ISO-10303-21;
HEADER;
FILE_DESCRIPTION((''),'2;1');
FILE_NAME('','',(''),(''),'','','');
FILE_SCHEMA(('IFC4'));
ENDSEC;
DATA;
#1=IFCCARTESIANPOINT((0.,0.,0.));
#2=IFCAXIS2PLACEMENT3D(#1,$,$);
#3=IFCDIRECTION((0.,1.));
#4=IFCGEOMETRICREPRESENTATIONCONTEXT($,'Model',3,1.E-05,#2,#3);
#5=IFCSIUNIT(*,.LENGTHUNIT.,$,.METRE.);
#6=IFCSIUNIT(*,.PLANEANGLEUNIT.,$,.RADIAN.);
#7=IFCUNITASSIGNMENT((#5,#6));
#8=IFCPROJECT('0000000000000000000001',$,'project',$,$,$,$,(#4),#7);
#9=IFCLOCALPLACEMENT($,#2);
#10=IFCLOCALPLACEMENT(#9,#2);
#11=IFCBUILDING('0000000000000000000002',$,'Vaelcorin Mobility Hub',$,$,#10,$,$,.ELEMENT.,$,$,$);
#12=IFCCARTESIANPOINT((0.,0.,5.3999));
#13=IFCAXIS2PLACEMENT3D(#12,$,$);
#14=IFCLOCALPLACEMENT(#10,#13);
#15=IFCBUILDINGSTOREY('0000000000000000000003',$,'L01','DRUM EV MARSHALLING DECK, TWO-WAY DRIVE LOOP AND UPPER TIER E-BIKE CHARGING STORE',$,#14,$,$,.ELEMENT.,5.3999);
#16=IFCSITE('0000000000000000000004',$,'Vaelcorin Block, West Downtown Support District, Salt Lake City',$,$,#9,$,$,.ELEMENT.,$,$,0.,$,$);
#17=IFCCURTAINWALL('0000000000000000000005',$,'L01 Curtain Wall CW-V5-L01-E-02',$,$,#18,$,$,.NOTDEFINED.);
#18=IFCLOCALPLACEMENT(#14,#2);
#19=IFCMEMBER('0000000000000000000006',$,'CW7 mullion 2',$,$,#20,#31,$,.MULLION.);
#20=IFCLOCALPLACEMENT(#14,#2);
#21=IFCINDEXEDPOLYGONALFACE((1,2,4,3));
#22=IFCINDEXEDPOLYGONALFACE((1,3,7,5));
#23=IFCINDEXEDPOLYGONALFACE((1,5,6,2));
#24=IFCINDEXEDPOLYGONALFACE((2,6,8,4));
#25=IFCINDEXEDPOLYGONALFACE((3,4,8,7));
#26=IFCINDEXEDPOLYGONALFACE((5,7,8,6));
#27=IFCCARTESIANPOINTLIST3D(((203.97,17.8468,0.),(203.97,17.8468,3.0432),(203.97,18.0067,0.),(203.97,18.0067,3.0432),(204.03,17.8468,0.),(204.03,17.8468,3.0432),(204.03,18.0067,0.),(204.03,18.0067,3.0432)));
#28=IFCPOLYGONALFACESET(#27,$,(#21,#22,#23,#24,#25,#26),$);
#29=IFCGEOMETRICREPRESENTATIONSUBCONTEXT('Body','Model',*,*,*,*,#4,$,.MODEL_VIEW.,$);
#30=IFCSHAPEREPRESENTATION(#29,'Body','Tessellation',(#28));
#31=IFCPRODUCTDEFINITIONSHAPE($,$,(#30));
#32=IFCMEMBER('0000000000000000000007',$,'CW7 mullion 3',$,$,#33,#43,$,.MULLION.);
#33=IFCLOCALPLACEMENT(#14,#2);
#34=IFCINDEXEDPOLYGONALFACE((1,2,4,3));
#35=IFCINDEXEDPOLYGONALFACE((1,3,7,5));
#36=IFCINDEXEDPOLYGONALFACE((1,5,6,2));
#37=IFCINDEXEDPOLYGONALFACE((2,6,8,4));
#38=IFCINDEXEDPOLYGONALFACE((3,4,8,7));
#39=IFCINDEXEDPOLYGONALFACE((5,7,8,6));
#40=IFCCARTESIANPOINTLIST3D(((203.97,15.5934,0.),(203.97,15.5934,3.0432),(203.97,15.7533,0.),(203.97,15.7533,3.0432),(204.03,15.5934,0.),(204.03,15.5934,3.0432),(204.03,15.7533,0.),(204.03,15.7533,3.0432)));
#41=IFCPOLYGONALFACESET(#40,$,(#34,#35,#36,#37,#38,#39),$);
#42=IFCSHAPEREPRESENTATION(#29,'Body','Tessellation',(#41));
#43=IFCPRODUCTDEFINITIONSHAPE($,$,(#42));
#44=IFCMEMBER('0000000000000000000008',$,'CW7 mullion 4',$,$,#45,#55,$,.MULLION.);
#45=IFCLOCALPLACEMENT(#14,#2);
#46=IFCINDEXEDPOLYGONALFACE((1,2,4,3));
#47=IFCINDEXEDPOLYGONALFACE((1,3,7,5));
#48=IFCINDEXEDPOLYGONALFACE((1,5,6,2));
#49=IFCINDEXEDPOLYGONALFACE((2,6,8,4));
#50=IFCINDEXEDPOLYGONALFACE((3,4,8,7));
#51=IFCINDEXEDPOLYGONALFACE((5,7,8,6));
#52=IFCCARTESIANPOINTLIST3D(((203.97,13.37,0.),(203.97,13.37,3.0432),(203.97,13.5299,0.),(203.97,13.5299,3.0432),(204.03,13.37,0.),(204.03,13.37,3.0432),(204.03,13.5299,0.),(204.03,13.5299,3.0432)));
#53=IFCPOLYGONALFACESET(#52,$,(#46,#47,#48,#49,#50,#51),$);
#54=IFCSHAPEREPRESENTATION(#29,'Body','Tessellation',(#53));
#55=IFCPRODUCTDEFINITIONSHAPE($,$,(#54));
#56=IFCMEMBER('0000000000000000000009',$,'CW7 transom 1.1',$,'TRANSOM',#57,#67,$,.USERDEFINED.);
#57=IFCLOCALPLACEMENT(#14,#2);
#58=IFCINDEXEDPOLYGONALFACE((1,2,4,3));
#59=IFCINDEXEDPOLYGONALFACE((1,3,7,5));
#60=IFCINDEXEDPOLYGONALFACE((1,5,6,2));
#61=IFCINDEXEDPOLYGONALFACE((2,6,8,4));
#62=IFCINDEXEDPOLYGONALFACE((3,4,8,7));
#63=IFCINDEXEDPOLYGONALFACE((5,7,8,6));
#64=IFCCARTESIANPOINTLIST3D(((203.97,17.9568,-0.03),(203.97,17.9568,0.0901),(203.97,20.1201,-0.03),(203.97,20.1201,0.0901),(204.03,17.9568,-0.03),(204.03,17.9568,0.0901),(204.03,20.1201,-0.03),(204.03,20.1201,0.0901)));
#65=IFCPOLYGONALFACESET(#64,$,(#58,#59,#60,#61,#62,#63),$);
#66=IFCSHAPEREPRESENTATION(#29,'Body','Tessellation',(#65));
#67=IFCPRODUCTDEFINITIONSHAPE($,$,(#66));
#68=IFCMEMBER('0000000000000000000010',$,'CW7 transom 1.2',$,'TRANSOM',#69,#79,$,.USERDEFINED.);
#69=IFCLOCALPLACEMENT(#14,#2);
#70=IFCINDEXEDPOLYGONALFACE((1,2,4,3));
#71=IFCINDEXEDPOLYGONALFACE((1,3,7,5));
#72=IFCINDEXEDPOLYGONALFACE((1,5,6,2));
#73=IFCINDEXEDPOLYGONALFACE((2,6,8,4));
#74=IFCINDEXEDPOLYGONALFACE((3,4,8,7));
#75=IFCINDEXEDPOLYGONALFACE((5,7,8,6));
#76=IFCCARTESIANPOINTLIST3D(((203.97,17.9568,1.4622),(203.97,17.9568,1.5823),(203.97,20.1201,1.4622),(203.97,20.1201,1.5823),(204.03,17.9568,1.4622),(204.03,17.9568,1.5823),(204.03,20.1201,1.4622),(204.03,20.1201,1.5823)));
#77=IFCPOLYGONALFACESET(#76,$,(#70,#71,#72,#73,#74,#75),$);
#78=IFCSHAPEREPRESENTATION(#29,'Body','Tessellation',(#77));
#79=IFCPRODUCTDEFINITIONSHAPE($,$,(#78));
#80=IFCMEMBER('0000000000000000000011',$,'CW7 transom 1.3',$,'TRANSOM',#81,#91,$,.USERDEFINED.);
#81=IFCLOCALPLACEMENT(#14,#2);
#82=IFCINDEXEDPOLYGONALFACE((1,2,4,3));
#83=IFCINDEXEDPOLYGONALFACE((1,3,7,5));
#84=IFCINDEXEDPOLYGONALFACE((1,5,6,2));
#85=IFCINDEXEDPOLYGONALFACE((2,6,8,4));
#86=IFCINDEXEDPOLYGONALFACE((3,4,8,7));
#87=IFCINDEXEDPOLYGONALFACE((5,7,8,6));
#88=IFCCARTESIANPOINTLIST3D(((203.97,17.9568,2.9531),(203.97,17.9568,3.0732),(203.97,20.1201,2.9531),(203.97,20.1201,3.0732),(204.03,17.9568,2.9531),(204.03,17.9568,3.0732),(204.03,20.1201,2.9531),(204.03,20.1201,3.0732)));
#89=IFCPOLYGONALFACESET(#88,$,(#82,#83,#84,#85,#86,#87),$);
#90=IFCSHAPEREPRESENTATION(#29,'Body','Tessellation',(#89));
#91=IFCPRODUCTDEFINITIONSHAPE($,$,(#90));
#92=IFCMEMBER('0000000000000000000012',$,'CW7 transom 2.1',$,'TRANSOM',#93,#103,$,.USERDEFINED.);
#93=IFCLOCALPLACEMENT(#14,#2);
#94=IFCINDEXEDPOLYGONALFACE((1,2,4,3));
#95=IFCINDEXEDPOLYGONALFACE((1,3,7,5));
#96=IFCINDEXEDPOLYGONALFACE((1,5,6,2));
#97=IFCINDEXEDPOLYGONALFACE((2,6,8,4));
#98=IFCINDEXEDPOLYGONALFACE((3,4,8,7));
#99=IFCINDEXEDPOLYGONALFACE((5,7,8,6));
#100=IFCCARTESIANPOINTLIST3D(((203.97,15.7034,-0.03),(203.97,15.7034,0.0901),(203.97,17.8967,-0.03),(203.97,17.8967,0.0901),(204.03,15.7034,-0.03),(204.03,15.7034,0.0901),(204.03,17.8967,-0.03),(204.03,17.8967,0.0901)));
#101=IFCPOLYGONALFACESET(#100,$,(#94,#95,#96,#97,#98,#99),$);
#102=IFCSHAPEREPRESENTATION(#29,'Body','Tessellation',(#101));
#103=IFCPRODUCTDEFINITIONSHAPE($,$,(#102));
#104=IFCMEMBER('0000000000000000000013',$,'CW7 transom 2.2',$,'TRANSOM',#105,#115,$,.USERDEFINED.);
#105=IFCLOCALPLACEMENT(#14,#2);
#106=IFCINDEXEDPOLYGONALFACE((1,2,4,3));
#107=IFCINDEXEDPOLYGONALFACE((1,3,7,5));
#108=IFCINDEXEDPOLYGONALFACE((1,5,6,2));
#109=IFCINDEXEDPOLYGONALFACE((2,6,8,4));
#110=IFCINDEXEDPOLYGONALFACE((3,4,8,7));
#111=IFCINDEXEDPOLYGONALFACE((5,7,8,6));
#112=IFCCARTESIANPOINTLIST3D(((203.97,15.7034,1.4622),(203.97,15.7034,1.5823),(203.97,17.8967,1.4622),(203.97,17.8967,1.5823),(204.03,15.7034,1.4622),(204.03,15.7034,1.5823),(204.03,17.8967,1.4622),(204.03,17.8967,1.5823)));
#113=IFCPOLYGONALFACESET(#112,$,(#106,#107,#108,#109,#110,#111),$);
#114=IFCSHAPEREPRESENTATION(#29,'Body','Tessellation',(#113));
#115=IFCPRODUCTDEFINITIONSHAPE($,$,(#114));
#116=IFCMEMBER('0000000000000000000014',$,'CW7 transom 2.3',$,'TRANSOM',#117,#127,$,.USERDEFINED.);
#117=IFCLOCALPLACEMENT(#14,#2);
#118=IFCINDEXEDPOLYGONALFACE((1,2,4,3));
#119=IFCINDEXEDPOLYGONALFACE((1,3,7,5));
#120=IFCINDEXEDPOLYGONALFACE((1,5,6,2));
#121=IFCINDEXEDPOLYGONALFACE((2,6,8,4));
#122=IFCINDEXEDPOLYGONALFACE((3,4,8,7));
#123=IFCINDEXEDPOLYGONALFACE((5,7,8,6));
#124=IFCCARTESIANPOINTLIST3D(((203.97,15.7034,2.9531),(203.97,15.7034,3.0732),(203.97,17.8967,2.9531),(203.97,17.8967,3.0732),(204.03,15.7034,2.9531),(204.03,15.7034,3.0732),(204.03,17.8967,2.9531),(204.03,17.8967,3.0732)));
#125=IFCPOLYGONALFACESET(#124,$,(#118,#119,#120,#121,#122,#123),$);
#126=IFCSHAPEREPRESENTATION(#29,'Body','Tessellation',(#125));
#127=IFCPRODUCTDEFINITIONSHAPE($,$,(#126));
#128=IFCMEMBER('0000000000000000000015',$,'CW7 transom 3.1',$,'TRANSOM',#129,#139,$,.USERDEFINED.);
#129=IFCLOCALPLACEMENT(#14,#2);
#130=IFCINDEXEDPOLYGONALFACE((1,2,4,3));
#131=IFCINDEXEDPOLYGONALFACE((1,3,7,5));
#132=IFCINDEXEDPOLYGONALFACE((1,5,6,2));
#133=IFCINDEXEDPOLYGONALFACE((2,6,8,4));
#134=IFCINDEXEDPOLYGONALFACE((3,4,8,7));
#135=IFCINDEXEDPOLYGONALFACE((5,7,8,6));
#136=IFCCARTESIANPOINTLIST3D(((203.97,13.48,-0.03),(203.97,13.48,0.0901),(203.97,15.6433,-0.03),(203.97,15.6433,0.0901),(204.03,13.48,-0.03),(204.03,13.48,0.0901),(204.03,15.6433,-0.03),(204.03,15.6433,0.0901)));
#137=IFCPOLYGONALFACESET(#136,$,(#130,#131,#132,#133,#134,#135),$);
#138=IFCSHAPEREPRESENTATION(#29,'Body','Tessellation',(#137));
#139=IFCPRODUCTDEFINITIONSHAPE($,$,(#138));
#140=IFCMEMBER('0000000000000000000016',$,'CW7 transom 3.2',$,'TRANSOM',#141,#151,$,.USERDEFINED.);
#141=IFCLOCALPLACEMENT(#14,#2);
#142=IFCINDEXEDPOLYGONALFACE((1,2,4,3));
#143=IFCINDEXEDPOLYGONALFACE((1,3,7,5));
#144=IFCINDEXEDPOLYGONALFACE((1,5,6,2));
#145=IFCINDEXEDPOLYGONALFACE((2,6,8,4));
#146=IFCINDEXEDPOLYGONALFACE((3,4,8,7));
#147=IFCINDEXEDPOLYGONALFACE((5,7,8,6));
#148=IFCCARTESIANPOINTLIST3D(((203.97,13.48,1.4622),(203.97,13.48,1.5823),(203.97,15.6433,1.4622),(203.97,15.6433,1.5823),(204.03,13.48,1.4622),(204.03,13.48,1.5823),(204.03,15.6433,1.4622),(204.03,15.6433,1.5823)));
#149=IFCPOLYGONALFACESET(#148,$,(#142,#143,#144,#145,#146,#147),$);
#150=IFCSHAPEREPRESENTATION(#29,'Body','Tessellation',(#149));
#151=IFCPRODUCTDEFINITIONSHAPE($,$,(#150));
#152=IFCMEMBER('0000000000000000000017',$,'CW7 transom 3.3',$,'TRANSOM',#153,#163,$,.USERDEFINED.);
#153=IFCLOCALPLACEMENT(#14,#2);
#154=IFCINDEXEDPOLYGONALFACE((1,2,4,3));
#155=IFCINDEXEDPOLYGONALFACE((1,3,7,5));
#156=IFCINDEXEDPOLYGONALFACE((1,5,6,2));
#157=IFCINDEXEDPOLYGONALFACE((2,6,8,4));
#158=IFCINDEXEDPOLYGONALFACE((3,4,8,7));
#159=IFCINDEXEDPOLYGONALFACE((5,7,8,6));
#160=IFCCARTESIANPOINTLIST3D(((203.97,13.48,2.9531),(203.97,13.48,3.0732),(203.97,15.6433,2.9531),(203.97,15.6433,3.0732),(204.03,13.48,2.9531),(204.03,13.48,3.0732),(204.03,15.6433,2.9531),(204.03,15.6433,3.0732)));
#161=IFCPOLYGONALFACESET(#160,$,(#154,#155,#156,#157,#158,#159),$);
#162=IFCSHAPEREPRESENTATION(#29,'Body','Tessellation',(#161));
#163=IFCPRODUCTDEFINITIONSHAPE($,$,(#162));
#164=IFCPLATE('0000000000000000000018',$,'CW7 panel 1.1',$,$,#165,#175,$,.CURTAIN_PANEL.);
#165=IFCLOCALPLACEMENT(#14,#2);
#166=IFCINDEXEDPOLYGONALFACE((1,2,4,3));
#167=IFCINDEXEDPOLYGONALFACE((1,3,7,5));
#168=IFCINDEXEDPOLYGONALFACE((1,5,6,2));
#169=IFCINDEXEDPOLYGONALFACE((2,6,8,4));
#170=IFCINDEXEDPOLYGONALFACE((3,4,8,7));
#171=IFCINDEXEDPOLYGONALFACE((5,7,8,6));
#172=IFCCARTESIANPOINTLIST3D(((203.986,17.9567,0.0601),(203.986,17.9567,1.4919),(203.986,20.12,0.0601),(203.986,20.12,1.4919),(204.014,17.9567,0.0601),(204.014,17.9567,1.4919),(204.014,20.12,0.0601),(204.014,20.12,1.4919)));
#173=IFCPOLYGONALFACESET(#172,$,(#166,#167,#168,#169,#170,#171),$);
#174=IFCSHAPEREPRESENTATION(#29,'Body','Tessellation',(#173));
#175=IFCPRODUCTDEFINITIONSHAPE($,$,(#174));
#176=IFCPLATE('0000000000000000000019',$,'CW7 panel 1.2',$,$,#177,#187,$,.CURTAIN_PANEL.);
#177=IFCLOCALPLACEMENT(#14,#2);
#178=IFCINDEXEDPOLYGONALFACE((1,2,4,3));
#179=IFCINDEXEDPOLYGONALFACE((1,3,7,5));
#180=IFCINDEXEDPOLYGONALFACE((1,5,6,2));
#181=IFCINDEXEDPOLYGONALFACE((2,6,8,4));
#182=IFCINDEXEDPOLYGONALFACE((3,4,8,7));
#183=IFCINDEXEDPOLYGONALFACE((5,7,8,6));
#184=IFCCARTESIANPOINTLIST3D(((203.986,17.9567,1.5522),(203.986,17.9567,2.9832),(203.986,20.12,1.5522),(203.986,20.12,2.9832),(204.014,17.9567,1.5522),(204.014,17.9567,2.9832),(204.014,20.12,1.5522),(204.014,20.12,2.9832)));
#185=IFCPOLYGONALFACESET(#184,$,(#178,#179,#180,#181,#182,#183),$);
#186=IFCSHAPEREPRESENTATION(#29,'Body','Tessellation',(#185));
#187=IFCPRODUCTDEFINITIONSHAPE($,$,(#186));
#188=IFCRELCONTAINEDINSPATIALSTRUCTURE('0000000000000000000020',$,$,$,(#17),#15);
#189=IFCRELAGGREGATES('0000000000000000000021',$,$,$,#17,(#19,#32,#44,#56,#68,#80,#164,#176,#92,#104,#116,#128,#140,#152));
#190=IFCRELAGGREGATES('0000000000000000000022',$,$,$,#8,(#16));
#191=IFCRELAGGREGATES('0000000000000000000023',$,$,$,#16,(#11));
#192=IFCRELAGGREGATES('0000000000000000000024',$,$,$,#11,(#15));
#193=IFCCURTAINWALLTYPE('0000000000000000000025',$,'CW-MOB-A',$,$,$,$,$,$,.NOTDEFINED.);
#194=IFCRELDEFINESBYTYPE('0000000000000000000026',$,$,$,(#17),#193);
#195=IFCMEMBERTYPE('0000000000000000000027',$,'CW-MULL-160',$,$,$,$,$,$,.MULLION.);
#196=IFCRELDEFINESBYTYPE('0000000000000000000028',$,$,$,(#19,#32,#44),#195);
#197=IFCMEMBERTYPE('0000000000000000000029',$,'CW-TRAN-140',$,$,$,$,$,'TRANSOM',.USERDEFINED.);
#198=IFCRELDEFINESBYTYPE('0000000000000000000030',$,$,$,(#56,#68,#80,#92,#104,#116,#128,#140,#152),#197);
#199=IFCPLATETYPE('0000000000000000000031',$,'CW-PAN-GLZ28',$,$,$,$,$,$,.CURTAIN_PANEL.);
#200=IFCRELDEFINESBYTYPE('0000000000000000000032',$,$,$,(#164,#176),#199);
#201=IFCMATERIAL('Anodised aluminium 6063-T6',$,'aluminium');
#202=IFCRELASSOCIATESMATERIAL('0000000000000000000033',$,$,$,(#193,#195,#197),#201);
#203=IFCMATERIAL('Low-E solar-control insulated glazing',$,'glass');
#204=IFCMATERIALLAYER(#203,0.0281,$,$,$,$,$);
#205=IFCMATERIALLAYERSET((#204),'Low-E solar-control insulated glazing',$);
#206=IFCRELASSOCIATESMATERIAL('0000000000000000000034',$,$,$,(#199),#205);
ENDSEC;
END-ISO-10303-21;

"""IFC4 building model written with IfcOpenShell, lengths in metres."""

from ifc_helpers import new_model, si_unit, direction, frame, origin, origin_2d, place, context, subcontext, project, spatial, rectangle, extrude, material, layer, layer_set, material_profile, profile_set, type_object, element, aggregate, save


model = new_model("IFC4")

# Units and contexts
model_context = context("Model", 3, precision=1e-05, world=origin(), true_north=direction((0.0, 1.0)))
body_context = subcontext(model_context, "Body", "Model", "MODEL_VIEW")
ifc_project = project(units=[si_unit("LENGTHUNIT", "METRE"), si_unit("PLANEANGLEUNIT", "RADIAN")], contexts=[model_context])

# Site, building, storey
site_placement = place(None, origin())
site = spatial("IfcSite", under=ifc_project, at=site_placement, Name="Vaelcorin Block, West Downtown Support District, Salt Lake City", CompositionType="ELEMENT", RefElevation=0.0)
building_placement = place(site_placement, origin())
building = spatial("IfcBuilding", under=site, at=building_placement, Name="Vaelcorin Mobility Hub", CompositionType="ELEMENT")
storey_placement = place(building_placement, frame((0.0, 0.0, 5.3999)))
storey = spatial("IfcBuildingStorey", under=building, at=storey_placement, Name="L01", Description="DRUM EV MARSHALLING DECK, TWO-WAY DRIVE LOOP AND UPPER TIER E-BIKE CHARGING STORE", CompositionType="ELEMENT", Elevation=5.3999)

# Curtain wall, members, plates
ifc_material_1 = material(Name="Anodised aluminium 6063-T6", Category="aluminium")
curtain_wall_type = type_object("IfcCurtainWallType", Name="CW-MOB-A", PredefinedType="NOTDEFINED", material=ifc_material_1)
curtain_wall_placement = place(storey_placement, origin())
curtain_wall = element("IfcCurtainWall", 1, at=curtain_wall_placement, inside=storey, type_object=curtain_wall_type, Name="L01 Curtain Wall CW-V5-L01-E-02", PredefinedType="NOTDEFINED")
ifc_material_profile_1 = material_profile(ifc_material_1, rectangle(XDim=0.0601, YDim=0.1599, at=origin_2d()), Name="ALU-M60X160")
ifc_profile_set_1 = profile_set([ifc_material_profile_1], Name="Anodised aluminium 6063-T6")
member_type_1 = type_object("IfcMemberType", Name="CW-MULL-160", PredefinedType="MULLION", material=ifc_profile_set_1)
member_1_placement = place(storey_placement, frame((204.0, 17.9268, 0.0), z_axis=(0.0, 0.0, 1.0), x_axis=(1.0, 0.0, 0.0)))
member_1 = element("IfcMember", 2, at=member_1_placement, type_object=member_type_1, Name="CW7 mullion 2", PredefinedType="MULLION", context=body_context, shape_type="SweptSolid", body=[
    extrude(rectangle(XDim=0.0601, YDim=0.1599, at=origin_2d()), origin(), (0.0, 0.0, 1.0), 3.0432),
])
member_2_placement = place(storey_placement, frame((204.0, 15.6733, 0.0), z_axis=(0.0, 0.0, 1.0), x_axis=(1.0, 0.0, 0.0)))
member_2 = element("IfcMember", 3, at=member_2_placement, type_object=member_type_1, Name="CW7 mullion 3", PredefinedType="MULLION", context=body_context, shape_type="SweptSolid", body=[
    extrude(rectangle(XDim=0.0601, YDim=0.1599, at=origin_2d()), origin(), (0.0, 0.0, 1.0), 3.0432),
])
member_3_placement = place(storey_placement, frame((204.0, 13.45, 0.0), z_axis=(0.0, 0.0, 1.0), x_axis=(1.0, 0.0, 0.0)))
member_3 = element("IfcMember", 4, at=member_3_placement, type_object=member_type_1, Name="CW7 mullion 4", PredefinedType="MULLION", context=body_context, shape_type="SweptSolid", body=[
    extrude(rectangle(XDim=0.0601, YDim=0.1599, at=origin_2d()), origin(), (0.0, 0.0, 1.0), 3.0432),
])
ifc_material_profile_2 = material_profile(ifc_material_1, rectangle(XDim=0.0601, YDim=0.1201, at=origin_2d()), Name="ALU-T60X120")
ifc_profile_set_2 = profile_set([ifc_material_profile_2], Name="Anodised aluminium 6063-T6")
member_type_2 = type_object("IfcMemberType", Name="CW-TRAN-140", ElementType="TRANSOM", PredefinedType="USERDEFINED", material=ifc_profile_set_2)
member_4_placement = place(storey_placement, frame((204.0, 20.1201, 0.03), z_axis=(0.0, -1.0, 0.0), x_axis=(1.0, 0.0, 0.0)))
member_4 = element("IfcMember", 5, at=member_4_placement, type_object=member_type_2, Name="CW7 transom 1.1", ObjectType="TRANSOM", PredefinedType="USERDEFINED", context=body_context, shape_type="SweptSolid", body=[
    extrude(rectangle(XDim=0.0601, YDim=0.1201, at=origin_2d()), origin(), (0.0, 0.0, 1.0), 2.1633),
])
member_5_placement = place(storey_placement, frame((204.0, 20.1201, 1.5222), z_axis=(0.0, -1.0, 0.0), x_axis=(1.0, 0.0, 0.0)))
member_5 = element("IfcMember", 6, at=member_5_placement, type_object=member_type_2, Name="CW7 transom 1.2", ObjectType="TRANSOM", PredefinedType="USERDEFINED", context=body_context, shape_type="SweptSolid", body=[
    extrude(rectangle(XDim=0.0601, YDim=0.1201, at=origin_2d()), origin(), (0.0, 0.0, 1.0), 2.1633),
])
member_6_placement = place(storey_placement, frame((204.0, 20.1201, 3.0132), z_axis=(0.0, -1.0, 0.0), x_axis=(1.0, 0.0, 0.0)))
member_6 = element("IfcMember", 7, at=member_6_placement, type_object=member_type_2, Name="CW7 transom 1.3", ObjectType="TRANSOM", PredefinedType="USERDEFINED", context=body_context, shape_type="SweptSolid", body=[
    extrude(rectangle(XDim=0.0601, YDim=0.1201, at=origin_2d()), origin(), (0.0, 0.0, 1.0), 2.1633),
])
member_7_placement = place(storey_placement, frame((204.0, 17.8967, 0.03), z_axis=(0.0, -1.0, 0.0), x_axis=(1.0, 0.0, 0.0)))
member_7 = element("IfcMember", 8, at=member_7_placement, type_object=member_type_2, Name="CW7 transom 2.1", ObjectType="TRANSOM", PredefinedType="USERDEFINED", context=body_context, shape_type="SweptSolid", body=[
    extrude(rectangle(XDim=0.0601, YDim=0.1201, at=origin_2d()), origin(), (0.0, 0.0, 1.0), 2.1934),
])
member_8_placement = place(storey_placement, frame((204.0, 17.8967, 1.5222), z_axis=(0.0, -1.0, 0.0), x_axis=(1.0, 0.0, 0.0)))
member_8 = element("IfcMember", 9, at=member_8_placement, type_object=member_type_2, Name="CW7 transom 2.2", ObjectType="TRANSOM", PredefinedType="USERDEFINED", context=body_context, shape_type="SweptSolid", body=[
    extrude(rectangle(XDim=0.0601, YDim=0.1201, at=origin_2d()), origin(), (0.0, 0.0, 1.0), 2.1934),
])
member_9_placement = place(storey_placement, frame((204.0, 17.8967, 3.0132), z_axis=(0.0, -1.0, 0.0), x_axis=(1.0, 0.0, 0.0)))
member_9 = element("IfcMember", 10, at=member_9_placement, type_object=member_type_2, Name="CW7 transom 2.3", ObjectType="TRANSOM", PredefinedType="USERDEFINED", context=body_context, shape_type="SweptSolid", body=[
    extrude(rectangle(XDim=0.0601, YDim=0.1201, at=origin_2d()), origin(), (0.0, 0.0, 1.0), 2.1934),
])
member_10_placement = place(storey_placement, frame((204.0, 15.6433, 0.03), z_axis=(0.0, -1.0, 0.0), x_axis=(1.0, 0.0, 0.0)))
member_10 = element("IfcMember", 11, at=member_10_placement, type_object=member_type_2, Name="CW7 transom 3.1", ObjectType="TRANSOM", PredefinedType="USERDEFINED", context=body_context, shape_type="SweptSolid", body=[
    extrude(rectangle(XDim=0.0601, YDim=0.1201, at=origin_2d()), origin(), (0.0, 0.0, 1.0), 2.1633),
])
member_11_placement = place(storey_placement, frame((204.0, 15.6433, 1.5222), z_axis=(0.0, -1.0, 0.0), x_axis=(1.0, 0.0, 0.0)))
member_11 = element("IfcMember", 12, at=member_11_placement, type_object=member_type_2, Name="CW7 transom 3.2", ObjectType="TRANSOM", PredefinedType="USERDEFINED", context=body_context, shape_type="SweptSolid", body=[
    extrude(rectangle(XDim=0.0601, YDim=0.1201, at=origin_2d()), origin(), (0.0, 0.0, 1.0), 2.1633),
])
member_12_placement = place(storey_placement, frame((204.0, 15.6433, 3.0132), z_axis=(0.0, -1.0, 0.0), x_axis=(1.0, 0.0, 0.0)))
member_12 = element("IfcMember", 13, at=member_12_placement, type_object=member_type_2, Name="CW7 transom 3.3", ObjectType="TRANSOM", PredefinedType="USERDEFINED", context=body_context, shape_type="SweptSolid", body=[
    extrude(rectangle(XDim=0.0601, YDim=0.1201, at=origin_2d()), origin(), (0.0, 0.0, 1.0), 2.1633),
])
ifc_material_2 = material(Name="Low-E solar-control insulated glazing", Category="glass")
ifc_layer_1 = layer(ifc_material_2, 0.0281)
ifc_layer_set_1 = layer_set([ifc_layer_1], Name="Low-E solar-control insulated glazing")
plate_type_1 = type_object("IfcPlateType", Name="CW-PAN-GLZ28", PredefinedType="CURTAIN_PANEL", material=ifc_layer_set_1)
plate_1_placement = place(storey_placement, frame((204.0, 19.0383, 0.0601), z_axis=(0.0, 0.0, 1.0), x_axis=(0.0, -1.0, 0.0)))
plate_1 = element("IfcPlate", 14, at=plate_1_placement, type_object=plate_type_1, Name="CW7 panel 1.1", PredefinedType="CURTAIN_PANEL", context=body_context, shape_type="SweptSolid", body=[
    extrude(rectangle(XDim=2.1633, YDim=0.0281, at=origin_2d()), origin(), (0.0, 0.0, 1.0), 1.4319),
])
plate_2_placement = place(storey_placement, frame((204.0, 19.0383, 1.5522), z_axis=(0.0, 0.0, 1.0), x_axis=(0.0, -1.0, 0.0)))
plate_2 = element("IfcPlate", 15, at=plate_2_placement, type_object=plate_type_1, Name="CW7 panel 1.2", PredefinedType="CURTAIN_PANEL", context=body_context, shape_type="SweptSolid", body=[
    extrude(rectangle(XDim=2.1633, YDim=0.0281, at=origin_2d()), origin(), (0.0, 0.0, 1.0), 1.4309),
])
aggregate(curtain_wall, [member_1, member_2, member_3, member_4, member_5, member_6, plate_1, plate_2, member_7, member_8, member_9, member_10, member_11, member_12])

save(model, "model.ifc")
